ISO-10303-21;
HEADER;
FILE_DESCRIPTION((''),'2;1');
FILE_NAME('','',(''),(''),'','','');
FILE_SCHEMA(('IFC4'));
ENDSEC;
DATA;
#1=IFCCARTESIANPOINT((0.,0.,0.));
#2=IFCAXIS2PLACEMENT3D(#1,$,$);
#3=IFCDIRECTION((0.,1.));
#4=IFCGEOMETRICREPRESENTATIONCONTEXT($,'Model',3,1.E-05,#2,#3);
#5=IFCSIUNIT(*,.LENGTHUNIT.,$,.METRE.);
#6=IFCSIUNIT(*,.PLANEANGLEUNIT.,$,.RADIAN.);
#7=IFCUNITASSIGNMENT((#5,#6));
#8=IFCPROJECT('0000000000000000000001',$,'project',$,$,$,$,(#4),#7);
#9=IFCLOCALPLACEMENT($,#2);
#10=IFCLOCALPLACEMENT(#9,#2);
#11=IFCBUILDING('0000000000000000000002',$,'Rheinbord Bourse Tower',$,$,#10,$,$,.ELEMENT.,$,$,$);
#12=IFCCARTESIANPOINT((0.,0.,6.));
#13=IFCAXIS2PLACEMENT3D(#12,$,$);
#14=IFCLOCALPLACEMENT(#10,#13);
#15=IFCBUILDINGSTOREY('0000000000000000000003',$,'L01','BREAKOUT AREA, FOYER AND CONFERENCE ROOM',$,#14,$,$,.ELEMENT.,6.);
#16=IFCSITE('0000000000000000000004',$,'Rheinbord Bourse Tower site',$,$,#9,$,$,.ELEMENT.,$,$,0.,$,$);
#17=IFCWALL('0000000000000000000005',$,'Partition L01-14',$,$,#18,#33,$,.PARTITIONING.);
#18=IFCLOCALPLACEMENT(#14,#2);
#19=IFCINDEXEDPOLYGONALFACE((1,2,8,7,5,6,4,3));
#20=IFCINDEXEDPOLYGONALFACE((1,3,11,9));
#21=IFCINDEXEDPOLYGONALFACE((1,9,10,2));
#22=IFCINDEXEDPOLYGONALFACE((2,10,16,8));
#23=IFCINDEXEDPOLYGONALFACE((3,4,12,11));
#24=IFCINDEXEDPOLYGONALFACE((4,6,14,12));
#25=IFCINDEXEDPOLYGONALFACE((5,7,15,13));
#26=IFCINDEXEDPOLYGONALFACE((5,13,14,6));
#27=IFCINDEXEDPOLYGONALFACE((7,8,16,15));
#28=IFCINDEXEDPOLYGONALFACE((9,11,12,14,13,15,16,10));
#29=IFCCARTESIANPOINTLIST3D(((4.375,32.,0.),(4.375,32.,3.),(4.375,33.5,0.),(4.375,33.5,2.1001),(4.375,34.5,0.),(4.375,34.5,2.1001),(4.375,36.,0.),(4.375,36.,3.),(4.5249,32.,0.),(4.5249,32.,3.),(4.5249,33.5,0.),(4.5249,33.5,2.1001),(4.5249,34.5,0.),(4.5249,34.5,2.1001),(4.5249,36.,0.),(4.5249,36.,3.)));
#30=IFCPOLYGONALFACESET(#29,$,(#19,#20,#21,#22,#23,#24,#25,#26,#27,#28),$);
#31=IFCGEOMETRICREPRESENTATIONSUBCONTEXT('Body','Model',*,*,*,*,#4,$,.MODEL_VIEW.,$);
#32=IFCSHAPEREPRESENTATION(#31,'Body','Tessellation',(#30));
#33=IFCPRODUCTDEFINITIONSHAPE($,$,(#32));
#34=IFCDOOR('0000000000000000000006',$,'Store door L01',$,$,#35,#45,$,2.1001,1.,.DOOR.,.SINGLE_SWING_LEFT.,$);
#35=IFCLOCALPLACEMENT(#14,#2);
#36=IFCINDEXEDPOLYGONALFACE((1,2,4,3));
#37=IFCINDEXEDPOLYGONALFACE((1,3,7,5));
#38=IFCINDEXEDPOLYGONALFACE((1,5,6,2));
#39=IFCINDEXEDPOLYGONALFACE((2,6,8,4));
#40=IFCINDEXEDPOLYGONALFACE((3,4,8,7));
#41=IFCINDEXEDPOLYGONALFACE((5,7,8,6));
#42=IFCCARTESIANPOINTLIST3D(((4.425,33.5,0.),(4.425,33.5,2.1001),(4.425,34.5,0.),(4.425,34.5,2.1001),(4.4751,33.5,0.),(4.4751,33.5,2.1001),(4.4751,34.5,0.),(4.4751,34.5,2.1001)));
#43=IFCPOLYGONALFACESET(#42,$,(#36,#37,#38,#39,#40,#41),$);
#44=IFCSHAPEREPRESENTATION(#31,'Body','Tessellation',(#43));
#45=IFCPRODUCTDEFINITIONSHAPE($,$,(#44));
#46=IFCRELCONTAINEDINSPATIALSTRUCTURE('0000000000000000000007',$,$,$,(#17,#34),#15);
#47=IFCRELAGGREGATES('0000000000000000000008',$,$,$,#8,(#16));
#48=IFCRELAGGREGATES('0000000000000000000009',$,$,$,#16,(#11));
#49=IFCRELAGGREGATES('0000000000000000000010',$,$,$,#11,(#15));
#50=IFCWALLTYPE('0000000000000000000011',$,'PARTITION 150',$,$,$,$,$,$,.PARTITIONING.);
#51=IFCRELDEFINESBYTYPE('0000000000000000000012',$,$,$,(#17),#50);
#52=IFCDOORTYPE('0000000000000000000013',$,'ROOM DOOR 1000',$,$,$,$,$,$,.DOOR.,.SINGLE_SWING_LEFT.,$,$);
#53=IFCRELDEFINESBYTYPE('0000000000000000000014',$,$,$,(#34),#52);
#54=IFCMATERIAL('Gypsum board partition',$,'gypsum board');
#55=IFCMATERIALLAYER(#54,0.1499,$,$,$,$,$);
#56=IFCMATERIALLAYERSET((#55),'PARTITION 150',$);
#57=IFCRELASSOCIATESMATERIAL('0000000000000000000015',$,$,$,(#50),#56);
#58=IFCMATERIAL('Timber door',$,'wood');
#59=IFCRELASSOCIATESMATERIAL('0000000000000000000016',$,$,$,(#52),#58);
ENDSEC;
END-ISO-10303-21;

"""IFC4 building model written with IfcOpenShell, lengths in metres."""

from ifc_helpers import new_model, si_unit, direction, frame, frame_2d, origin, place, context, subcontext, project, spatial, rectangle, extrude, material, layer, layer_set, type_object, element, fill, save


model = new_model("IFC4")

# Units and contexts
model_context = context("Model", 3, precision=1e-05, world=origin(), true_north=direction((0.0, 1.0)))
body_context = subcontext(model_context, "Body", "Model", "MODEL_VIEW")
ifc_project = project(units=[si_unit("LENGTHUNIT", "METRE"), si_unit("PLANEANGLEUNIT", "RADIAN")], contexts=[model_context])

# Site, building, storey
site_placement = place(None, origin())
site = spatial("IfcSite", under=ifc_project, at=site_placement, Name="Rheinbord Bourse Tower site", CompositionType="ELEMENT", RefElevation=0.0)
building_placement = place(site_placement, origin())
building = spatial("IfcBuilding", under=site, at=building_placement, Name="Rheinbord Bourse Tower", CompositionType="ELEMENT")
storey_placement = place(building_placement, frame((0.0, 0.0, 6.0)))
storey = spatial("IfcBuildingStorey", under=building, at=storey_placement, Name="L01", Description="BREAKOUT AREA, FOYER AND CONFERENCE ROOM", CompositionType="ELEMENT", Elevation=6.0)

# Shared definitions
ifc_material_1 = material(Name="Gypsum board partition", Category="gypsum board")
ifc_layer_1 = layer(ifc_material_1, 0.1499)
ifc_layer_set_1 = layer_set([ifc_layer_1], Name="PARTITION 150")
wall_type = type_object("IfcWallType", Name="PARTITION 150", PredefinedType="PARTITIONING", material=ifc_layer_set_1)

# Wall, opening, door
wall_1_placement = place(storey_placement, frame((4.45, 32.0, 0.0), z_axis=(0.0, 0.0, 1.0), x_axis=(0.0, 1.0, 0.0)))
wall_1 = element("IfcWall", 1, at=wall_1_placement, inside=storey, type_object=wall_type, Name="Partition L01-14", PredefinedType="PARTITIONING", context=body_context, shape_type="SweptSolid", body=[
    extrude(rectangle(XDim=4.0, YDim=0.1499, at=frame_2d((2.0, 0.0))), origin(), (0.0, 0.0, 1.0), 3.0),
])
opening_placement = place(wall_1_placement, frame((1.5, 0.0, 0.0)))
opening = element("IfcOpeningElement", 2, at=opening_placement, cuts=wall_1, PredefinedType="OPENING", context=body_context, shape_type="SweptSolid", body=[
    extrude(rectangle(XDim=1.0, YDim=2.1001, at=frame_2d((0.5, 1.05))), frame((0.0, 0.085, 0.0), z_axis=(0.0, -1.0, 0.0), x_axis=(1.0, 0.0, 0.0)), (0.0, 0.0, 1.0), 0.1699),
])
ifc_material_2 = material(Name="Timber door", Category="wood")
door_type = type_object("IfcDoorType", Name="ROOM DOOR 1000", OperationType="SINGLE_SWING_LEFT", PredefinedType="DOOR", material=ifc_material_2)
door_placement = place(opening_placement, origin())
door = element("IfcDoor", 3, at=door_placement, inside=storey, type_object=door_type, Name="Store door L01", OperationType="SINGLE_SWING_LEFT", OverallHeight=2.1001, OverallWidth=1.0, PredefinedType="DOOR", context=body_context, shape_type="SweptSolid", body=[
    extrude(rectangle(XDim=1.0, YDim=2.1001, at=frame_2d((0.5, 1.05))), frame((0.0, 0.0249, 0.0), z_axis=(0.0, -1.0, 0.0), x_axis=(1.0, 0.0, 0.0)), (0.0, 0.0, 1.0), 0.05),
])
fill(opening, door)

save(model, "model.ifc")
